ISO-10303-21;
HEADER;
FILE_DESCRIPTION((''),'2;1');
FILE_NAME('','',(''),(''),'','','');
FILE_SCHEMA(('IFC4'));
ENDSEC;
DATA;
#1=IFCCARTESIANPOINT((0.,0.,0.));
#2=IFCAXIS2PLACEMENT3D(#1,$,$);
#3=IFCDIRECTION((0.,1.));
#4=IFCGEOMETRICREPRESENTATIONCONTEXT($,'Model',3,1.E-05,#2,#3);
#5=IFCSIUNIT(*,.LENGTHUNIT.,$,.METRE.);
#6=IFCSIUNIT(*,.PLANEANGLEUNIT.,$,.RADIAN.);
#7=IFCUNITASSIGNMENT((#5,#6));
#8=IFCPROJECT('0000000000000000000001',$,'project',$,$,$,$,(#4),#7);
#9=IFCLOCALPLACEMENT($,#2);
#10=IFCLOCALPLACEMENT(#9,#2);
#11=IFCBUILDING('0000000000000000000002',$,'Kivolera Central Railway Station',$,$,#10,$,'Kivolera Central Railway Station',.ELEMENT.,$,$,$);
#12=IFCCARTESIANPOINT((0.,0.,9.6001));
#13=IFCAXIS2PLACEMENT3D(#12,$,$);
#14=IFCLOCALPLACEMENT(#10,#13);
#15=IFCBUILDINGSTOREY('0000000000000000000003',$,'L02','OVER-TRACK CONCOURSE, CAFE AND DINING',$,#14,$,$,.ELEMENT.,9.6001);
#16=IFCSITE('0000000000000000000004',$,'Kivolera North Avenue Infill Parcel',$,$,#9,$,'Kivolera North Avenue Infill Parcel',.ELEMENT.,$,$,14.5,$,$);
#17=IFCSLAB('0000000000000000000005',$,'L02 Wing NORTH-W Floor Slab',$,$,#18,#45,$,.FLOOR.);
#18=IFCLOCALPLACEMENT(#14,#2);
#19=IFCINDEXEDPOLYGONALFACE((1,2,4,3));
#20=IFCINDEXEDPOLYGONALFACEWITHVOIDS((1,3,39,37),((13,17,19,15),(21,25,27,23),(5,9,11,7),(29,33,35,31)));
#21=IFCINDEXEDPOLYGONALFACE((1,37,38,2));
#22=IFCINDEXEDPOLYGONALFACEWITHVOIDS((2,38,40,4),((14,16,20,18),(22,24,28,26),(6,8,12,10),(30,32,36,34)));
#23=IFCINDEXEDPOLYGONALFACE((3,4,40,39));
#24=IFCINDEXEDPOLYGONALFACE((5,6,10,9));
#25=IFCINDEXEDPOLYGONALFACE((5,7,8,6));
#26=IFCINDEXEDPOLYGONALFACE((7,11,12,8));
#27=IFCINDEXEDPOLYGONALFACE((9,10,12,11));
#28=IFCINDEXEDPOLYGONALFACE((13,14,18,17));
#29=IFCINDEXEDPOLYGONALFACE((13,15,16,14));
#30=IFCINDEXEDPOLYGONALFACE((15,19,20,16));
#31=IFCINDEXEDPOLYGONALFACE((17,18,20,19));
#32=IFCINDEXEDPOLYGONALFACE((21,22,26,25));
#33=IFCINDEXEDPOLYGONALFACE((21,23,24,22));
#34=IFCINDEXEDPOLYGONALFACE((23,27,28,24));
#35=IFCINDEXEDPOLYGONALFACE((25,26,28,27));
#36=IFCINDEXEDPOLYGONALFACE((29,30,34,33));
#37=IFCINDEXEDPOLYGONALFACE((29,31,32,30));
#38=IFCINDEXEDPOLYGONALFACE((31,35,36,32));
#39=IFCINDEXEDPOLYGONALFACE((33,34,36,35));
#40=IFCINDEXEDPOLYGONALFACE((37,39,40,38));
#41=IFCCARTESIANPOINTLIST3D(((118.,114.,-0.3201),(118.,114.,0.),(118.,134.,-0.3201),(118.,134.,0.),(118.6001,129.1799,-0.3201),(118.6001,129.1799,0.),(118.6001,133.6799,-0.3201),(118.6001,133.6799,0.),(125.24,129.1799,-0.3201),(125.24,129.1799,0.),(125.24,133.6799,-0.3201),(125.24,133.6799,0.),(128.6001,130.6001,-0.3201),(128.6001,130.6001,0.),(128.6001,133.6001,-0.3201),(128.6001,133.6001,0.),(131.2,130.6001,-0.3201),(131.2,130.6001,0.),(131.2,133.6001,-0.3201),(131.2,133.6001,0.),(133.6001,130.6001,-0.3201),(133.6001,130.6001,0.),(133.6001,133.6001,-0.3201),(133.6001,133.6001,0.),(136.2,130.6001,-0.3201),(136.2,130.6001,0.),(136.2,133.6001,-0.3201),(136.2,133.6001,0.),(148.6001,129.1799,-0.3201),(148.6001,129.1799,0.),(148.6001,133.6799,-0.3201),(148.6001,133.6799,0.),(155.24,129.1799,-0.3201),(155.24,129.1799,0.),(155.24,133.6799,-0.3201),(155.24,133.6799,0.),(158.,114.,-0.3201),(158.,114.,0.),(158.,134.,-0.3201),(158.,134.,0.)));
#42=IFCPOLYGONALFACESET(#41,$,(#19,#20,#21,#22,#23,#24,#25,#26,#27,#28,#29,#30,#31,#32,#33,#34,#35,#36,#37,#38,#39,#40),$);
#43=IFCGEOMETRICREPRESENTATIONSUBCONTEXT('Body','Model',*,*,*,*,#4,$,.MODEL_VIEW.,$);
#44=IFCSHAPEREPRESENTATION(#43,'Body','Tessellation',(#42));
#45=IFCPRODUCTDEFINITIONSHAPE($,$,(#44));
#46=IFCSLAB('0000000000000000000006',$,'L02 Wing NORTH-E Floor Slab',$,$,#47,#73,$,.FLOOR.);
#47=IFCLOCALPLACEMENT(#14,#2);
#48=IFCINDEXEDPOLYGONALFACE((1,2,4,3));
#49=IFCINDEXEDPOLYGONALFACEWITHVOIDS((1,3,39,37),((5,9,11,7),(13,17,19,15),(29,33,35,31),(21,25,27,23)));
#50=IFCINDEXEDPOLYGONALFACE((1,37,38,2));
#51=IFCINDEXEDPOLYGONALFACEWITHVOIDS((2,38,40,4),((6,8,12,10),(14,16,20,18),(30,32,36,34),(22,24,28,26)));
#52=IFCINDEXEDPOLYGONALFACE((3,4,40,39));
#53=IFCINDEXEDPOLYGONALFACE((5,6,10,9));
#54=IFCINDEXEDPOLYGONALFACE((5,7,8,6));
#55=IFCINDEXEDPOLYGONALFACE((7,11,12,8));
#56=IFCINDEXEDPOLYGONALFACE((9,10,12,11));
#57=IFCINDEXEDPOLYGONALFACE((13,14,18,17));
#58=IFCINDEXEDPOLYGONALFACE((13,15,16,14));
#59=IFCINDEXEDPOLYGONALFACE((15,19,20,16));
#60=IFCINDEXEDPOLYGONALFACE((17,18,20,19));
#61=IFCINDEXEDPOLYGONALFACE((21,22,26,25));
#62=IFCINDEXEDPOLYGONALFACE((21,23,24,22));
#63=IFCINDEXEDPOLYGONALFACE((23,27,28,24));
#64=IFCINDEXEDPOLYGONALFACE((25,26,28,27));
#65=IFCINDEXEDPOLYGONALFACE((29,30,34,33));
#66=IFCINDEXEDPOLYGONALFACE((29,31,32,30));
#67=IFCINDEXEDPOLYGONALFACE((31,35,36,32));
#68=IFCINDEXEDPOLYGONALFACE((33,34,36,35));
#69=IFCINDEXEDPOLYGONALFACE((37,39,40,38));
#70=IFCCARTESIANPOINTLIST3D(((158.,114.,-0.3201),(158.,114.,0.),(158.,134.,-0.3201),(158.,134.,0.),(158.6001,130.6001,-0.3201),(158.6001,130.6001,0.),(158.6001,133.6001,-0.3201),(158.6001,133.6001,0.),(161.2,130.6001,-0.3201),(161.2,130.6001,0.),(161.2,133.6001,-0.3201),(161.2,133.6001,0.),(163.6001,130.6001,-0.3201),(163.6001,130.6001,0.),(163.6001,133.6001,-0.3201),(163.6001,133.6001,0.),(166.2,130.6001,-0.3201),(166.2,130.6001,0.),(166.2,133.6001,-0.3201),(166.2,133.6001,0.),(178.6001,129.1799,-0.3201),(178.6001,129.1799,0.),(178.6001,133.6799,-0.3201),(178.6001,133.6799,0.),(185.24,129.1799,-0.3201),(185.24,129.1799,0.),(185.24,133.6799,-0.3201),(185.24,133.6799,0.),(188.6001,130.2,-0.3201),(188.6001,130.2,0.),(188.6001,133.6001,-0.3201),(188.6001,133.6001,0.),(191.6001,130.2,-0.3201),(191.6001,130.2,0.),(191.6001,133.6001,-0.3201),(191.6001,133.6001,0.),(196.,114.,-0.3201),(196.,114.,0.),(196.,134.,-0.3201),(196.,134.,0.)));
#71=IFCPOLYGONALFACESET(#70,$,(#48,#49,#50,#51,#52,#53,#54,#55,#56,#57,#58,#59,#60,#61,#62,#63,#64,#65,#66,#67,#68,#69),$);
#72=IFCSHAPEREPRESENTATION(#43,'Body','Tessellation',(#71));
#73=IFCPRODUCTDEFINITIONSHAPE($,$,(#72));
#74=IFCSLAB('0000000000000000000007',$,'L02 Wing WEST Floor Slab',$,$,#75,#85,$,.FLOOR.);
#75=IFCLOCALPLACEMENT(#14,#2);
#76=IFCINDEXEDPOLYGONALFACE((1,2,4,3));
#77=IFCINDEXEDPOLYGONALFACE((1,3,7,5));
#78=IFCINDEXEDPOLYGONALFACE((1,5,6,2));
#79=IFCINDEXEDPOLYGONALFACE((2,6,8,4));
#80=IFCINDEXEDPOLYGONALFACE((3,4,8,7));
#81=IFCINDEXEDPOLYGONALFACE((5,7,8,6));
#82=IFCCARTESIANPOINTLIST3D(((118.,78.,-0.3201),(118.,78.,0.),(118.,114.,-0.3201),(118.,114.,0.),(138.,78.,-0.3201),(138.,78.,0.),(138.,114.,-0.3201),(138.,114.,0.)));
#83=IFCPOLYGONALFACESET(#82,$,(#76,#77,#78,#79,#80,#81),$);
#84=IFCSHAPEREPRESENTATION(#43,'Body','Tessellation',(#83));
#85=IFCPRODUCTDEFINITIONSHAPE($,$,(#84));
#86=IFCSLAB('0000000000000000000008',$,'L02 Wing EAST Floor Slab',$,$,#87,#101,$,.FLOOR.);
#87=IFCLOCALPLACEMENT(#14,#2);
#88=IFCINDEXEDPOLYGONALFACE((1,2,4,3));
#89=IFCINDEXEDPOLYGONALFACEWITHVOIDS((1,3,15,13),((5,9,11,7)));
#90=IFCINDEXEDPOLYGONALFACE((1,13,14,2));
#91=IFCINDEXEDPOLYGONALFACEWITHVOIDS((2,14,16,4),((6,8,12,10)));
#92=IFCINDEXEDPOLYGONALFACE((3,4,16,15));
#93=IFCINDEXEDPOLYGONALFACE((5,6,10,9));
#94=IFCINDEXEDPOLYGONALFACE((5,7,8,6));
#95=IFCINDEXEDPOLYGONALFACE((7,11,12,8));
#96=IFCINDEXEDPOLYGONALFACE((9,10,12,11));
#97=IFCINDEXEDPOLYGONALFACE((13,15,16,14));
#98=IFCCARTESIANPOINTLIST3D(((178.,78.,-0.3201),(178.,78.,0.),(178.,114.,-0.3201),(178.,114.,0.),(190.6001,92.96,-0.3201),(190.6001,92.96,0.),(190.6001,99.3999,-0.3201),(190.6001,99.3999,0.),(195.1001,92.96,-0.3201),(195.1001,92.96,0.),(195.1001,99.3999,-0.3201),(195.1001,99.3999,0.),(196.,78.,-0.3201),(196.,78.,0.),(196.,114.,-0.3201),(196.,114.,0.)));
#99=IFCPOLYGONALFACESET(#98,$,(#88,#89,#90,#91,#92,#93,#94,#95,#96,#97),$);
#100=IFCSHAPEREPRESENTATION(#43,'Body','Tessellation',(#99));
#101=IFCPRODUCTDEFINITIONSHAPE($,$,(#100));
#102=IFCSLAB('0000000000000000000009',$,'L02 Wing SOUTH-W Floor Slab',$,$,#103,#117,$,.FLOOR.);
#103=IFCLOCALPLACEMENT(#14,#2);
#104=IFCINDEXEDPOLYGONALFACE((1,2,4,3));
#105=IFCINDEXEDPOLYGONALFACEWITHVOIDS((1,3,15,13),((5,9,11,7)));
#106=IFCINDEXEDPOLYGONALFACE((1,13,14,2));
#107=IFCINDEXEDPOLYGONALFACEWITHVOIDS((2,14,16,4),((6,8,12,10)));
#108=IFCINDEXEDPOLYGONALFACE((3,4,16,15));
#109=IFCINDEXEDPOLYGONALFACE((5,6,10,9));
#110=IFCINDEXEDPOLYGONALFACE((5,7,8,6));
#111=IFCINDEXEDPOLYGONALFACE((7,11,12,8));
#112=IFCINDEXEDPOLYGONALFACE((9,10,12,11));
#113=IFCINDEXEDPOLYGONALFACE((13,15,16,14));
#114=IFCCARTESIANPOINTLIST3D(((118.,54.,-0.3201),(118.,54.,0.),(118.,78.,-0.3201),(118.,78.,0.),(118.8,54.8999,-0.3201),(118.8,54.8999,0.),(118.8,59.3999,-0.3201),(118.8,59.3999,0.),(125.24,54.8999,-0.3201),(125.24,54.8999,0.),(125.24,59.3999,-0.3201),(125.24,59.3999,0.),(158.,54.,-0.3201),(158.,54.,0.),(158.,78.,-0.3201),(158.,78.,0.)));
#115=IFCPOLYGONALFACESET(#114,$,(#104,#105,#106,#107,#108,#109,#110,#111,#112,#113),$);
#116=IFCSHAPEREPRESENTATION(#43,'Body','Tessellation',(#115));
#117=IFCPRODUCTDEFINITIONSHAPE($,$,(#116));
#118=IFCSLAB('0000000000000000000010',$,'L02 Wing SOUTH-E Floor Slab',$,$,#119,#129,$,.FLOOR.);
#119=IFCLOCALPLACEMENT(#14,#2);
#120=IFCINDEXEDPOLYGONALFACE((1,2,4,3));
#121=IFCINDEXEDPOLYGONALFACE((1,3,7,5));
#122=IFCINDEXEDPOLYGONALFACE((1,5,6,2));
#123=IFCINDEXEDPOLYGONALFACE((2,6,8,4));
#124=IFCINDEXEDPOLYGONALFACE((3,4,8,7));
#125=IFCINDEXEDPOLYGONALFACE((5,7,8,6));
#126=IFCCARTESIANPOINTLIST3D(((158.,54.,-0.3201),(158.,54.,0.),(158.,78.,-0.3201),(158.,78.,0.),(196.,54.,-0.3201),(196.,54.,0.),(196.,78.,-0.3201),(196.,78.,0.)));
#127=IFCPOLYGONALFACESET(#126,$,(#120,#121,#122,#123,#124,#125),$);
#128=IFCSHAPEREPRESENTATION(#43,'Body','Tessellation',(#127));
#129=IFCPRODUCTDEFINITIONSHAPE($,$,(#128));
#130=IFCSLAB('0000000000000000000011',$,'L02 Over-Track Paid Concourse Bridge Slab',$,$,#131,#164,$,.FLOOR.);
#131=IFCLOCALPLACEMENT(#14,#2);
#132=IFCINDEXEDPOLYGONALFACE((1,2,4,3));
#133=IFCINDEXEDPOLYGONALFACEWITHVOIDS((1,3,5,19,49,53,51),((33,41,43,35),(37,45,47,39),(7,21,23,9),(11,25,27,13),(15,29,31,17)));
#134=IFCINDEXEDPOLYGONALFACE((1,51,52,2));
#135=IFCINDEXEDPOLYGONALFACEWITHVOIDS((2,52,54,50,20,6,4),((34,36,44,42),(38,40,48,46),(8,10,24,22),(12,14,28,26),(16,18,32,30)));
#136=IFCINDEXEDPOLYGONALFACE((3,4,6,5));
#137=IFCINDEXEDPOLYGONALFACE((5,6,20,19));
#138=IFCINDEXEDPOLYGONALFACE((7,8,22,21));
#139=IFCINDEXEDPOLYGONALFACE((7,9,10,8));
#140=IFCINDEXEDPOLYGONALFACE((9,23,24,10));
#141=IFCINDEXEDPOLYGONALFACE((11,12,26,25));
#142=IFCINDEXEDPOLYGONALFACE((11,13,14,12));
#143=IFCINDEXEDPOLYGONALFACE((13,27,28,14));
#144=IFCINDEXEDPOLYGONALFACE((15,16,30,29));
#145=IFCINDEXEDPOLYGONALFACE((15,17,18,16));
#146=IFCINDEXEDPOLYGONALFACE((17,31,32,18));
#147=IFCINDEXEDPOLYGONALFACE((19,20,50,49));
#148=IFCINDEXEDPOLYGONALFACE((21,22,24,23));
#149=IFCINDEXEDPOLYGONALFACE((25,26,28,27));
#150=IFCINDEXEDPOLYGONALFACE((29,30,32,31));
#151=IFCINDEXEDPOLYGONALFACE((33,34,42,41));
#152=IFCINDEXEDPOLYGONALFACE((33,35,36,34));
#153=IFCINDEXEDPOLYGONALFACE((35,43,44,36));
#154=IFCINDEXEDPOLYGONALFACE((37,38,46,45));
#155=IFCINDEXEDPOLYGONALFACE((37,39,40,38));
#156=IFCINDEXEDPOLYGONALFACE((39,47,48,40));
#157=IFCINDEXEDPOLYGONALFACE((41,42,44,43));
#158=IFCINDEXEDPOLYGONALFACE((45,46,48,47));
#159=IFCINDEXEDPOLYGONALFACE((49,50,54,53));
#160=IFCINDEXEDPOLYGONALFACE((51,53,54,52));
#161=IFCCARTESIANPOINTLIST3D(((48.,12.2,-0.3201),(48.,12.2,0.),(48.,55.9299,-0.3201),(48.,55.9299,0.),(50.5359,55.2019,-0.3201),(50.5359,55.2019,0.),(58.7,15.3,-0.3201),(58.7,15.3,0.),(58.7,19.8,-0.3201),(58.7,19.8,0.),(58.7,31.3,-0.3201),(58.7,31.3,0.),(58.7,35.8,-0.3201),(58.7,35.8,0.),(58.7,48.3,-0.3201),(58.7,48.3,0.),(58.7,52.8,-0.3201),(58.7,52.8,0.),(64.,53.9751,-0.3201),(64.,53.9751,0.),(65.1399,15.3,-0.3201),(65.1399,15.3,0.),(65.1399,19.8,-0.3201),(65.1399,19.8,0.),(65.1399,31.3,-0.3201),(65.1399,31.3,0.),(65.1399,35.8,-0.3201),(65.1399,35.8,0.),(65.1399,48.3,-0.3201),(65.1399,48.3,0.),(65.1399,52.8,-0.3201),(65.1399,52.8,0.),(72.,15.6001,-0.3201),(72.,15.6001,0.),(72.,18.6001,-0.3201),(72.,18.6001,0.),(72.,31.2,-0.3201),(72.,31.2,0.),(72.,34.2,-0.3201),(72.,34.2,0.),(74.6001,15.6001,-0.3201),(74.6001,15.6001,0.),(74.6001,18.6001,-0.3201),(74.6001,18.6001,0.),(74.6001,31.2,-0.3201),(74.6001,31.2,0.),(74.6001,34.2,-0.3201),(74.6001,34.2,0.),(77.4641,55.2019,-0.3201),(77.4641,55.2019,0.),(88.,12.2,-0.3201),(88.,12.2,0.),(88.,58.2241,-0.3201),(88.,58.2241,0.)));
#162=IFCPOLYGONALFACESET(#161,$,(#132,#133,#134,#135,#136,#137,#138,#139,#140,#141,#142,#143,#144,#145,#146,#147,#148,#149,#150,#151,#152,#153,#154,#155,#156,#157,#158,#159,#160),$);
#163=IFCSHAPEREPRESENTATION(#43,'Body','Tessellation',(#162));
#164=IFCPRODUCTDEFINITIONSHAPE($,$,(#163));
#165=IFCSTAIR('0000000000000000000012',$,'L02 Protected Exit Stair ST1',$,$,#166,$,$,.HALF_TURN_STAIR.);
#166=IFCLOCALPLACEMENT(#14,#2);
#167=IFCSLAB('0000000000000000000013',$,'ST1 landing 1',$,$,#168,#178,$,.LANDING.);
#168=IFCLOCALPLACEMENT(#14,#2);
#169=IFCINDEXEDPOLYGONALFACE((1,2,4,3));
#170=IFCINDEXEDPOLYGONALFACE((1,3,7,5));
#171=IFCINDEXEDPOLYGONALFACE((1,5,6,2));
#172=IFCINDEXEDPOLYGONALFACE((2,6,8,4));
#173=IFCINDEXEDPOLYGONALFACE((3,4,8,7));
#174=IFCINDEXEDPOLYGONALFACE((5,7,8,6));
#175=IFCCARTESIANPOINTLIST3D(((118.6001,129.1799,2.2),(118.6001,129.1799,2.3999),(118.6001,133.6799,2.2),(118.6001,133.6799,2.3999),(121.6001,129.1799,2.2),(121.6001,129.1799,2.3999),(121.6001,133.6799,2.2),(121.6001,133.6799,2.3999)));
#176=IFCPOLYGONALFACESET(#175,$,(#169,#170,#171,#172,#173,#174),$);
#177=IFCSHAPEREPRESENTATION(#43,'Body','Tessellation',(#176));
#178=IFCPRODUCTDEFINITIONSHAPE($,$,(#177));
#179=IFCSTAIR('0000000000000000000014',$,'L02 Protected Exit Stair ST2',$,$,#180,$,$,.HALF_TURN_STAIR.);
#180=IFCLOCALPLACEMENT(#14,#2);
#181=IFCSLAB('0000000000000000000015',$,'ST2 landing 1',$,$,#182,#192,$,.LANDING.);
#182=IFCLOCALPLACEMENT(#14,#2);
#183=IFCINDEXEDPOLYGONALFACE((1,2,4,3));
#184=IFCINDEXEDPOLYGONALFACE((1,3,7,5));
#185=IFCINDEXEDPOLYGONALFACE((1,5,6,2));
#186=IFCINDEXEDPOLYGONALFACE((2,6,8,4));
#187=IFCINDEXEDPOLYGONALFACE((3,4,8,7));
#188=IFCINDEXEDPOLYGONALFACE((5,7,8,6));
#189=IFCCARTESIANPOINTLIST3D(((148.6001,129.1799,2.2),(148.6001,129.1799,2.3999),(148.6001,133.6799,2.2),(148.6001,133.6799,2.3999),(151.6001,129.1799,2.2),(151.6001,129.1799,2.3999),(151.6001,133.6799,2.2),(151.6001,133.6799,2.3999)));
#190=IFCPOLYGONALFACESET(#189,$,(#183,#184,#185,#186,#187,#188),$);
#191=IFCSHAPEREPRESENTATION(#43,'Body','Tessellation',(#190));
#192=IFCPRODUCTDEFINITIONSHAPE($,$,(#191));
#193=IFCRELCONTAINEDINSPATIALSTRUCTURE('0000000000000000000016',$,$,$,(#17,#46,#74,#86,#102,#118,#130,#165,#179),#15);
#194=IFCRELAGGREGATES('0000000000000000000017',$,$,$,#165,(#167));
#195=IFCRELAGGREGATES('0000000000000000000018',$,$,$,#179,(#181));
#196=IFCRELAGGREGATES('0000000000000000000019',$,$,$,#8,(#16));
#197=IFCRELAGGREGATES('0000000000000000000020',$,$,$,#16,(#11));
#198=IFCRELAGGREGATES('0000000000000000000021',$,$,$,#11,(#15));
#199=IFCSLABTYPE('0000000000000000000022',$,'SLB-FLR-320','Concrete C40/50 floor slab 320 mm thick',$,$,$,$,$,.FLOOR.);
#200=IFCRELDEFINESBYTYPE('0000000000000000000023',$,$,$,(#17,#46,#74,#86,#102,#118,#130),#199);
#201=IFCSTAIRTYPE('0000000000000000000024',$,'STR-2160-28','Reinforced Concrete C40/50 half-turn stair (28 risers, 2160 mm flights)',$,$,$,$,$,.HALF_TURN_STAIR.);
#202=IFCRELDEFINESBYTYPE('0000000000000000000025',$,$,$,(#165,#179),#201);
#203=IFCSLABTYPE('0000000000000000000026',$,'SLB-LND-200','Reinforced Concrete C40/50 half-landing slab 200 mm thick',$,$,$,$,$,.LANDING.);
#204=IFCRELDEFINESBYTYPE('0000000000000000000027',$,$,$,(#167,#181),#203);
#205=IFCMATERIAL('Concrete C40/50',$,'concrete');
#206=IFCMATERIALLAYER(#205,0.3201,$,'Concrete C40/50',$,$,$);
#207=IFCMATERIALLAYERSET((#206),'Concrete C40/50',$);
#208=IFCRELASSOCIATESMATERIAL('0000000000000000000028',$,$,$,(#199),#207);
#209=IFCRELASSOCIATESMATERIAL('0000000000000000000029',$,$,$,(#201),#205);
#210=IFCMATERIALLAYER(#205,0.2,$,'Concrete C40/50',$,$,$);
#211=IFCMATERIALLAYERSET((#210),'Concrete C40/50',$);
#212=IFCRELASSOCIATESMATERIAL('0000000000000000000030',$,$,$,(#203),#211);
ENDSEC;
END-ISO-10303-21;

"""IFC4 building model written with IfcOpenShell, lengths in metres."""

from ifc_helpers import new_model, si_unit, direction, frame, origin, place, context, subcontext, project, spatial, polyline, outline, extrude, material, layer, layer_set, type_object, element, aggregate, save


model = new_model("IFC4")

# Units and contexts
model_context = context("Model", 3, precision=1e-05, world=origin(), true_north=direction((0.0, 1.0)))
body_context = subcontext(model_context, "Body", "Model", "MODEL_VIEW")
ifc_project = project(units=[si_unit("LENGTHUNIT", "METRE"), si_unit("PLANEANGLEUNIT", "RADIAN")], contexts=[model_context])

# Site, building, storey
site_placement = place(None, origin())
site = spatial("IfcSite", under=ifc_project, at=site_placement, Name="Kivolera North Avenue Infill Parcel", LongName="Kivolera North Avenue Infill Parcel", CompositionType="ELEMENT", RefElevation=14.5)
building_placement = place(site_placement, origin())
building = spatial("IfcBuilding", under=site, at=building_placement, Name="Kivolera Central Railway Station", LongName="Kivolera Central Railway Station", CompositionType="ELEMENT")
storey_placement = place(building_placement, frame((0.0, 0.0, 9.6001)))
storey = spatial("IfcBuildingStorey", under=building, at=storey_placement, Name="L02", Description="OVER-TRACK CONCOURSE, CAFE AND DINING", CompositionType="ELEMENT", Elevation=9.6001)

# Slabs
ifc_material_1 = material(Name="Concrete C40/50", Category="concrete")
ifc_layer_1 = layer(ifc_material_1, 0.3201, Name="Concrete C40/50")
ifc_layer_set_1 = layer_set([ifc_layer_1], Name="Concrete C40/50")
slab_type_1 = type_object("IfcSlabType", Name="SLB-FLR-320", Description="Concrete C40/50 floor slab 320 mm thick", PredefinedType="FLOOR", material=ifc_layer_set_1)
slab_1_placement = place(storey_placement, frame((0.0, 0.0, -0.3201)))
element("IfcSlab", 1, at=slab_1_placement, inside=storey, type_object=slab_type_1, Name="L02 Wing NORTH-W Floor Slab", PredefinedType="FLOOR", context=body_context, shape_type="SweptSolid", body=[
    extrude(outline(polyline([(118.0, 114.0), (158.0, 114.0), (158.0, 134.0), (118.0, 134.0), (118.0, 114.0)]), holes=[polyline([(125.24, 133.6799), (118.6001, 133.6799), (118.6001, 129.1799), (125.24, 129.1799), (125.24, 133.6799)]), polyline([(155.24, 133.6799), (148.6001, 133.6799), (148.6001, 129.1799), (155.24, 129.1799), (155.24, 133.6799)]), polyline([(128.6001, 130.6001), (131.2, 130.6001), (131.2, 133.6001), (128.6001, 133.6001), (128.6001, 130.6001)]), polyline([(133.6001, 130.6001), (136.2, 130.6001), (136.2, 133.6001), (133.6001, 133.6001), (133.6001, 130.6001)])]), origin(), (0.0, 0.0, 1.0), 0.3201),
])
slab_2_placement = place(storey_placement, frame((0.0, 0.0, -0.3201)))
element("IfcSlab", 2, at=slab_2_placement, inside=storey, type_object=slab_type_1, Name="L02 Wing NORTH-E Floor Slab", PredefinedType="FLOOR", context=body_context, shape_type="SweptSolid", body=[
    extrude(outline(polyline([(158.0, 114.0), (196.0, 114.0), (196.0, 134.0), (158.0, 134.0), (158.0, 114.0)]), holes=[polyline([(185.24, 133.6799), (178.6001, 133.6799), (178.6001, 129.1799), (185.24, 129.1799), (185.24, 133.6799)]), polyline([(158.6001, 130.6001), (161.2, 130.6001), (161.2, 133.6001), (158.6001, 133.6001), (158.6001, 130.6001)]), polyline([(163.6001, 130.6001), (166.2, 130.6001), (166.2, 133.6001), (163.6001, 133.6001), (163.6001, 130.6001)]), polyline([(188.6001, 130.2), (191.6001, 130.2), (191.6001, 133.6001), (188.6001, 133.6001), (188.6001, 130.2)])]), origin(), (0.0, 0.0, 1.0), 0.3201),
])
slab_3_placement = place(storey_placement, frame((0.0, 0.0, -0.3201)))
element("IfcSlab", 3, at=slab_3_placement, inside=storey, type_object=slab_type_1, Name="L02 Wing WEST Floor Slab", PredefinedType="FLOOR", context=body_context, shape_type="SweptSolid", body=[
    extrude(outline(polyline([(118.0, 78.0), (138.0, 78.0), (138.0, 114.0), (118.0, 114.0), (118.0, 78.0)])), origin(), (0.0, 0.0, 1.0), 0.3201),
])
slab_4_placement = place(storey_placement, frame((0.0, 0.0, -0.3201)))
element("IfcSlab", 4, at=slab_4_placement, inside=storey, type_object=slab_type_1, Name="L02 Wing EAST Floor Slab", PredefinedType="FLOOR", context=body_context, shape_type="SweptSolid", body=[
    extrude(outline(polyline([(178.0, 78.0), (196.0, 78.0), (196.0, 114.0), (178.0, 114.0), (178.0, 78.0)]), holes=[polyline([(195.1001, 92.96), (195.1001, 99.3999), (190.6001, 99.3999), (190.6001, 92.96), (195.1001, 92.96)])]), origin(), (0.0, 0.0, 1.0), 0.3201),
])
slab_5_placement = place(storey_placement, frame((0.0, 0.0, -0.3201)))
element("IfcSlab", 5, at=slab_5_placement, inside=storey, type_object=slab_type_1, Name="L02 Wing SOUTH-W Floor Slab", PredefinedType="FLOOR", context=body_context, shape_type="SweptSolid", body=[
    extrude(outline(polyline([(118.0, 54.0), (158.0, 54.0), (158.0, 78.0), (118.0, 78.0), (118.0, 54.0)]), holes=[polyline([(125.24, 59.3999), (118.8, 59.3999), (118.8, 54.8999), (125.24, 54.8999), (125.24, 59.3999)])]), origin(), (0.0, 0.0, 1.0), 0.3201),
])
slab_6_placement = place(storey_placement, frame((0.0, 0.0, -0.3201)))
element("IfcSlab", 6, at=slab_6_placement, inside=storey, type_object=slab_type_1, Name="L02 Wing SOUTH-E Floor Slab", PredefinedType="FLOOR", context=body_context, shape_type="SweptSolid", body=[
    extrude(outline(polyline([(158.0, 54.0), (196.0, 54.0), (196.0, 78.0), (158.0, 78.0), (158.0, 54.0)])), origin(), (0.0, 0.0, 1.0), 0.3201),
])
slab_7_placement = place(storey_placement, frame((0.0, 0.0, -0.3201)))
element("IfcSlab", 7, at=slab_7_placement, inside=storey, type_object=slab_type_1, Name="L02 Over-Track Paid Concourse Bridge Slab", PredefinedType="FLOOR", context=body_context, shape_type="SweptSolid", body=[
    extrude(outline(polyline([(88.0, 12.2), (48.0, 12.2), (48.0, 55.9299), (50.5359, 55.2019), (64.0, 53.9751), (77.4641, 55.2019), (88.0, 58.2241), (88.0, 12.2)]), holes=[polyline([(65.1399, 52.8), (58.7, 52.8), (58.7, 48.3), (65.1399, 48.3), (65.1399, 52.8)]), polyline([(65.1399, 35.8), (58.7, 35.8), (58.7, 31.3), (65.1399, 31.3), (65.1399, 35.8)]), polyline([(65.1399, 19.8), (58.7, 19.8), (58.7, 15.3), (65.1399, 15.3), (65.1399, 19.8)]), polyline([(72.0, 31.2), (74.6001, 31.2), (74.6001, 34.2), (72.0, 34.2), (72.0, 31.2)]), polyline([(72.0, 15.6001), (74.6001, 15.6001), (74.6001, 18.6001), (72.0, 18.6001), (72.0, 15.6001)])]), origin(), (0.0, 0.0, 1.0), 0.3201),
])

# Stairs, slabs
stair_type = type_object("IfcStairType", Name="STR-2160-28", Description="Reinforced Concrete C40/50 half-turn stair (28 risers, 2160 mm flights)", PredefinedType="HALF_TURN_STAIR", material=ifc_material_1)
stair_1_placement = place(storey_placement, origin())
stair_1 = element("IfcStair", 8, at=stair_1_placement, inside=storey, type_object=stair_type, Name="L02 Protected Exit Stair ST1", PredefinedType="HALF_TURN_STAIR")
ifc_layer_2 = layer(ifc_material_1, 0.2, Name="Concrete C40/50")
ifc_layer_set_2 = layer_set([ifc_layer_2], Name="Concrete C40/50")
slab_type_2 = type_object("IfcSlabType", Name="SLB-LND-200", Description="Reinforced Concrete C40/50 half-landing slab 200 mm thick", PredefinedType="LANDING", material=ifc_layer_set_2)
slab_8_placement = place(storey_placement, frame((0.0, 0.0, 2.2)))
slab_8 = element("IfcSlab", 9, at=slab_8_placement, type_object=slab_type_2, Name="ST1 landing 1", PredefinedType="LANDING", context=body_context, shape_type="SweptSolid", body=[
    extrude(outline(polyline([(121.6001, 133.6799), (118.6001, 133.6799), (118.6001, 129.1799), (121.6001, 129.1799), (121.6001, 133.6799)])), origin(), (0.0, 0.0, 1.0), 0.2),
])
aggregate(stair_1, [slab_8])
stair_2_placement = place(storey_placement, origin())
stair_2 = element("IfcStair", 10, at=stair_2_placement, inside=storey, type_object=stair_type, Name="L02 Protected Exit Stair ST2", PredefinedType="HALF_TURN_STAIR")
slab_9_placement = place(storey_placement, frame((0.0, 0.0, 2.2)))
slab_9 = element("IfcSlab", 11, at=slab_9_placement, type_object=slab_type_2, Name="ST2 landing 1", PredefinedType="LANDING", context=body_context, shape_type="SweptSolid", body=[
    extrude(outline(polyline([(151.6001, 133.6799), (148.6001, 133.6799), (148.6001, 129.1799), (151.6001, 129.1799), (151.6001, 133.6799)])), origin(), (0.0, 0.0, 1.0), 0.2),
])
aggregate(stair_2, [slab_9])

save(model, "model.ifc")
